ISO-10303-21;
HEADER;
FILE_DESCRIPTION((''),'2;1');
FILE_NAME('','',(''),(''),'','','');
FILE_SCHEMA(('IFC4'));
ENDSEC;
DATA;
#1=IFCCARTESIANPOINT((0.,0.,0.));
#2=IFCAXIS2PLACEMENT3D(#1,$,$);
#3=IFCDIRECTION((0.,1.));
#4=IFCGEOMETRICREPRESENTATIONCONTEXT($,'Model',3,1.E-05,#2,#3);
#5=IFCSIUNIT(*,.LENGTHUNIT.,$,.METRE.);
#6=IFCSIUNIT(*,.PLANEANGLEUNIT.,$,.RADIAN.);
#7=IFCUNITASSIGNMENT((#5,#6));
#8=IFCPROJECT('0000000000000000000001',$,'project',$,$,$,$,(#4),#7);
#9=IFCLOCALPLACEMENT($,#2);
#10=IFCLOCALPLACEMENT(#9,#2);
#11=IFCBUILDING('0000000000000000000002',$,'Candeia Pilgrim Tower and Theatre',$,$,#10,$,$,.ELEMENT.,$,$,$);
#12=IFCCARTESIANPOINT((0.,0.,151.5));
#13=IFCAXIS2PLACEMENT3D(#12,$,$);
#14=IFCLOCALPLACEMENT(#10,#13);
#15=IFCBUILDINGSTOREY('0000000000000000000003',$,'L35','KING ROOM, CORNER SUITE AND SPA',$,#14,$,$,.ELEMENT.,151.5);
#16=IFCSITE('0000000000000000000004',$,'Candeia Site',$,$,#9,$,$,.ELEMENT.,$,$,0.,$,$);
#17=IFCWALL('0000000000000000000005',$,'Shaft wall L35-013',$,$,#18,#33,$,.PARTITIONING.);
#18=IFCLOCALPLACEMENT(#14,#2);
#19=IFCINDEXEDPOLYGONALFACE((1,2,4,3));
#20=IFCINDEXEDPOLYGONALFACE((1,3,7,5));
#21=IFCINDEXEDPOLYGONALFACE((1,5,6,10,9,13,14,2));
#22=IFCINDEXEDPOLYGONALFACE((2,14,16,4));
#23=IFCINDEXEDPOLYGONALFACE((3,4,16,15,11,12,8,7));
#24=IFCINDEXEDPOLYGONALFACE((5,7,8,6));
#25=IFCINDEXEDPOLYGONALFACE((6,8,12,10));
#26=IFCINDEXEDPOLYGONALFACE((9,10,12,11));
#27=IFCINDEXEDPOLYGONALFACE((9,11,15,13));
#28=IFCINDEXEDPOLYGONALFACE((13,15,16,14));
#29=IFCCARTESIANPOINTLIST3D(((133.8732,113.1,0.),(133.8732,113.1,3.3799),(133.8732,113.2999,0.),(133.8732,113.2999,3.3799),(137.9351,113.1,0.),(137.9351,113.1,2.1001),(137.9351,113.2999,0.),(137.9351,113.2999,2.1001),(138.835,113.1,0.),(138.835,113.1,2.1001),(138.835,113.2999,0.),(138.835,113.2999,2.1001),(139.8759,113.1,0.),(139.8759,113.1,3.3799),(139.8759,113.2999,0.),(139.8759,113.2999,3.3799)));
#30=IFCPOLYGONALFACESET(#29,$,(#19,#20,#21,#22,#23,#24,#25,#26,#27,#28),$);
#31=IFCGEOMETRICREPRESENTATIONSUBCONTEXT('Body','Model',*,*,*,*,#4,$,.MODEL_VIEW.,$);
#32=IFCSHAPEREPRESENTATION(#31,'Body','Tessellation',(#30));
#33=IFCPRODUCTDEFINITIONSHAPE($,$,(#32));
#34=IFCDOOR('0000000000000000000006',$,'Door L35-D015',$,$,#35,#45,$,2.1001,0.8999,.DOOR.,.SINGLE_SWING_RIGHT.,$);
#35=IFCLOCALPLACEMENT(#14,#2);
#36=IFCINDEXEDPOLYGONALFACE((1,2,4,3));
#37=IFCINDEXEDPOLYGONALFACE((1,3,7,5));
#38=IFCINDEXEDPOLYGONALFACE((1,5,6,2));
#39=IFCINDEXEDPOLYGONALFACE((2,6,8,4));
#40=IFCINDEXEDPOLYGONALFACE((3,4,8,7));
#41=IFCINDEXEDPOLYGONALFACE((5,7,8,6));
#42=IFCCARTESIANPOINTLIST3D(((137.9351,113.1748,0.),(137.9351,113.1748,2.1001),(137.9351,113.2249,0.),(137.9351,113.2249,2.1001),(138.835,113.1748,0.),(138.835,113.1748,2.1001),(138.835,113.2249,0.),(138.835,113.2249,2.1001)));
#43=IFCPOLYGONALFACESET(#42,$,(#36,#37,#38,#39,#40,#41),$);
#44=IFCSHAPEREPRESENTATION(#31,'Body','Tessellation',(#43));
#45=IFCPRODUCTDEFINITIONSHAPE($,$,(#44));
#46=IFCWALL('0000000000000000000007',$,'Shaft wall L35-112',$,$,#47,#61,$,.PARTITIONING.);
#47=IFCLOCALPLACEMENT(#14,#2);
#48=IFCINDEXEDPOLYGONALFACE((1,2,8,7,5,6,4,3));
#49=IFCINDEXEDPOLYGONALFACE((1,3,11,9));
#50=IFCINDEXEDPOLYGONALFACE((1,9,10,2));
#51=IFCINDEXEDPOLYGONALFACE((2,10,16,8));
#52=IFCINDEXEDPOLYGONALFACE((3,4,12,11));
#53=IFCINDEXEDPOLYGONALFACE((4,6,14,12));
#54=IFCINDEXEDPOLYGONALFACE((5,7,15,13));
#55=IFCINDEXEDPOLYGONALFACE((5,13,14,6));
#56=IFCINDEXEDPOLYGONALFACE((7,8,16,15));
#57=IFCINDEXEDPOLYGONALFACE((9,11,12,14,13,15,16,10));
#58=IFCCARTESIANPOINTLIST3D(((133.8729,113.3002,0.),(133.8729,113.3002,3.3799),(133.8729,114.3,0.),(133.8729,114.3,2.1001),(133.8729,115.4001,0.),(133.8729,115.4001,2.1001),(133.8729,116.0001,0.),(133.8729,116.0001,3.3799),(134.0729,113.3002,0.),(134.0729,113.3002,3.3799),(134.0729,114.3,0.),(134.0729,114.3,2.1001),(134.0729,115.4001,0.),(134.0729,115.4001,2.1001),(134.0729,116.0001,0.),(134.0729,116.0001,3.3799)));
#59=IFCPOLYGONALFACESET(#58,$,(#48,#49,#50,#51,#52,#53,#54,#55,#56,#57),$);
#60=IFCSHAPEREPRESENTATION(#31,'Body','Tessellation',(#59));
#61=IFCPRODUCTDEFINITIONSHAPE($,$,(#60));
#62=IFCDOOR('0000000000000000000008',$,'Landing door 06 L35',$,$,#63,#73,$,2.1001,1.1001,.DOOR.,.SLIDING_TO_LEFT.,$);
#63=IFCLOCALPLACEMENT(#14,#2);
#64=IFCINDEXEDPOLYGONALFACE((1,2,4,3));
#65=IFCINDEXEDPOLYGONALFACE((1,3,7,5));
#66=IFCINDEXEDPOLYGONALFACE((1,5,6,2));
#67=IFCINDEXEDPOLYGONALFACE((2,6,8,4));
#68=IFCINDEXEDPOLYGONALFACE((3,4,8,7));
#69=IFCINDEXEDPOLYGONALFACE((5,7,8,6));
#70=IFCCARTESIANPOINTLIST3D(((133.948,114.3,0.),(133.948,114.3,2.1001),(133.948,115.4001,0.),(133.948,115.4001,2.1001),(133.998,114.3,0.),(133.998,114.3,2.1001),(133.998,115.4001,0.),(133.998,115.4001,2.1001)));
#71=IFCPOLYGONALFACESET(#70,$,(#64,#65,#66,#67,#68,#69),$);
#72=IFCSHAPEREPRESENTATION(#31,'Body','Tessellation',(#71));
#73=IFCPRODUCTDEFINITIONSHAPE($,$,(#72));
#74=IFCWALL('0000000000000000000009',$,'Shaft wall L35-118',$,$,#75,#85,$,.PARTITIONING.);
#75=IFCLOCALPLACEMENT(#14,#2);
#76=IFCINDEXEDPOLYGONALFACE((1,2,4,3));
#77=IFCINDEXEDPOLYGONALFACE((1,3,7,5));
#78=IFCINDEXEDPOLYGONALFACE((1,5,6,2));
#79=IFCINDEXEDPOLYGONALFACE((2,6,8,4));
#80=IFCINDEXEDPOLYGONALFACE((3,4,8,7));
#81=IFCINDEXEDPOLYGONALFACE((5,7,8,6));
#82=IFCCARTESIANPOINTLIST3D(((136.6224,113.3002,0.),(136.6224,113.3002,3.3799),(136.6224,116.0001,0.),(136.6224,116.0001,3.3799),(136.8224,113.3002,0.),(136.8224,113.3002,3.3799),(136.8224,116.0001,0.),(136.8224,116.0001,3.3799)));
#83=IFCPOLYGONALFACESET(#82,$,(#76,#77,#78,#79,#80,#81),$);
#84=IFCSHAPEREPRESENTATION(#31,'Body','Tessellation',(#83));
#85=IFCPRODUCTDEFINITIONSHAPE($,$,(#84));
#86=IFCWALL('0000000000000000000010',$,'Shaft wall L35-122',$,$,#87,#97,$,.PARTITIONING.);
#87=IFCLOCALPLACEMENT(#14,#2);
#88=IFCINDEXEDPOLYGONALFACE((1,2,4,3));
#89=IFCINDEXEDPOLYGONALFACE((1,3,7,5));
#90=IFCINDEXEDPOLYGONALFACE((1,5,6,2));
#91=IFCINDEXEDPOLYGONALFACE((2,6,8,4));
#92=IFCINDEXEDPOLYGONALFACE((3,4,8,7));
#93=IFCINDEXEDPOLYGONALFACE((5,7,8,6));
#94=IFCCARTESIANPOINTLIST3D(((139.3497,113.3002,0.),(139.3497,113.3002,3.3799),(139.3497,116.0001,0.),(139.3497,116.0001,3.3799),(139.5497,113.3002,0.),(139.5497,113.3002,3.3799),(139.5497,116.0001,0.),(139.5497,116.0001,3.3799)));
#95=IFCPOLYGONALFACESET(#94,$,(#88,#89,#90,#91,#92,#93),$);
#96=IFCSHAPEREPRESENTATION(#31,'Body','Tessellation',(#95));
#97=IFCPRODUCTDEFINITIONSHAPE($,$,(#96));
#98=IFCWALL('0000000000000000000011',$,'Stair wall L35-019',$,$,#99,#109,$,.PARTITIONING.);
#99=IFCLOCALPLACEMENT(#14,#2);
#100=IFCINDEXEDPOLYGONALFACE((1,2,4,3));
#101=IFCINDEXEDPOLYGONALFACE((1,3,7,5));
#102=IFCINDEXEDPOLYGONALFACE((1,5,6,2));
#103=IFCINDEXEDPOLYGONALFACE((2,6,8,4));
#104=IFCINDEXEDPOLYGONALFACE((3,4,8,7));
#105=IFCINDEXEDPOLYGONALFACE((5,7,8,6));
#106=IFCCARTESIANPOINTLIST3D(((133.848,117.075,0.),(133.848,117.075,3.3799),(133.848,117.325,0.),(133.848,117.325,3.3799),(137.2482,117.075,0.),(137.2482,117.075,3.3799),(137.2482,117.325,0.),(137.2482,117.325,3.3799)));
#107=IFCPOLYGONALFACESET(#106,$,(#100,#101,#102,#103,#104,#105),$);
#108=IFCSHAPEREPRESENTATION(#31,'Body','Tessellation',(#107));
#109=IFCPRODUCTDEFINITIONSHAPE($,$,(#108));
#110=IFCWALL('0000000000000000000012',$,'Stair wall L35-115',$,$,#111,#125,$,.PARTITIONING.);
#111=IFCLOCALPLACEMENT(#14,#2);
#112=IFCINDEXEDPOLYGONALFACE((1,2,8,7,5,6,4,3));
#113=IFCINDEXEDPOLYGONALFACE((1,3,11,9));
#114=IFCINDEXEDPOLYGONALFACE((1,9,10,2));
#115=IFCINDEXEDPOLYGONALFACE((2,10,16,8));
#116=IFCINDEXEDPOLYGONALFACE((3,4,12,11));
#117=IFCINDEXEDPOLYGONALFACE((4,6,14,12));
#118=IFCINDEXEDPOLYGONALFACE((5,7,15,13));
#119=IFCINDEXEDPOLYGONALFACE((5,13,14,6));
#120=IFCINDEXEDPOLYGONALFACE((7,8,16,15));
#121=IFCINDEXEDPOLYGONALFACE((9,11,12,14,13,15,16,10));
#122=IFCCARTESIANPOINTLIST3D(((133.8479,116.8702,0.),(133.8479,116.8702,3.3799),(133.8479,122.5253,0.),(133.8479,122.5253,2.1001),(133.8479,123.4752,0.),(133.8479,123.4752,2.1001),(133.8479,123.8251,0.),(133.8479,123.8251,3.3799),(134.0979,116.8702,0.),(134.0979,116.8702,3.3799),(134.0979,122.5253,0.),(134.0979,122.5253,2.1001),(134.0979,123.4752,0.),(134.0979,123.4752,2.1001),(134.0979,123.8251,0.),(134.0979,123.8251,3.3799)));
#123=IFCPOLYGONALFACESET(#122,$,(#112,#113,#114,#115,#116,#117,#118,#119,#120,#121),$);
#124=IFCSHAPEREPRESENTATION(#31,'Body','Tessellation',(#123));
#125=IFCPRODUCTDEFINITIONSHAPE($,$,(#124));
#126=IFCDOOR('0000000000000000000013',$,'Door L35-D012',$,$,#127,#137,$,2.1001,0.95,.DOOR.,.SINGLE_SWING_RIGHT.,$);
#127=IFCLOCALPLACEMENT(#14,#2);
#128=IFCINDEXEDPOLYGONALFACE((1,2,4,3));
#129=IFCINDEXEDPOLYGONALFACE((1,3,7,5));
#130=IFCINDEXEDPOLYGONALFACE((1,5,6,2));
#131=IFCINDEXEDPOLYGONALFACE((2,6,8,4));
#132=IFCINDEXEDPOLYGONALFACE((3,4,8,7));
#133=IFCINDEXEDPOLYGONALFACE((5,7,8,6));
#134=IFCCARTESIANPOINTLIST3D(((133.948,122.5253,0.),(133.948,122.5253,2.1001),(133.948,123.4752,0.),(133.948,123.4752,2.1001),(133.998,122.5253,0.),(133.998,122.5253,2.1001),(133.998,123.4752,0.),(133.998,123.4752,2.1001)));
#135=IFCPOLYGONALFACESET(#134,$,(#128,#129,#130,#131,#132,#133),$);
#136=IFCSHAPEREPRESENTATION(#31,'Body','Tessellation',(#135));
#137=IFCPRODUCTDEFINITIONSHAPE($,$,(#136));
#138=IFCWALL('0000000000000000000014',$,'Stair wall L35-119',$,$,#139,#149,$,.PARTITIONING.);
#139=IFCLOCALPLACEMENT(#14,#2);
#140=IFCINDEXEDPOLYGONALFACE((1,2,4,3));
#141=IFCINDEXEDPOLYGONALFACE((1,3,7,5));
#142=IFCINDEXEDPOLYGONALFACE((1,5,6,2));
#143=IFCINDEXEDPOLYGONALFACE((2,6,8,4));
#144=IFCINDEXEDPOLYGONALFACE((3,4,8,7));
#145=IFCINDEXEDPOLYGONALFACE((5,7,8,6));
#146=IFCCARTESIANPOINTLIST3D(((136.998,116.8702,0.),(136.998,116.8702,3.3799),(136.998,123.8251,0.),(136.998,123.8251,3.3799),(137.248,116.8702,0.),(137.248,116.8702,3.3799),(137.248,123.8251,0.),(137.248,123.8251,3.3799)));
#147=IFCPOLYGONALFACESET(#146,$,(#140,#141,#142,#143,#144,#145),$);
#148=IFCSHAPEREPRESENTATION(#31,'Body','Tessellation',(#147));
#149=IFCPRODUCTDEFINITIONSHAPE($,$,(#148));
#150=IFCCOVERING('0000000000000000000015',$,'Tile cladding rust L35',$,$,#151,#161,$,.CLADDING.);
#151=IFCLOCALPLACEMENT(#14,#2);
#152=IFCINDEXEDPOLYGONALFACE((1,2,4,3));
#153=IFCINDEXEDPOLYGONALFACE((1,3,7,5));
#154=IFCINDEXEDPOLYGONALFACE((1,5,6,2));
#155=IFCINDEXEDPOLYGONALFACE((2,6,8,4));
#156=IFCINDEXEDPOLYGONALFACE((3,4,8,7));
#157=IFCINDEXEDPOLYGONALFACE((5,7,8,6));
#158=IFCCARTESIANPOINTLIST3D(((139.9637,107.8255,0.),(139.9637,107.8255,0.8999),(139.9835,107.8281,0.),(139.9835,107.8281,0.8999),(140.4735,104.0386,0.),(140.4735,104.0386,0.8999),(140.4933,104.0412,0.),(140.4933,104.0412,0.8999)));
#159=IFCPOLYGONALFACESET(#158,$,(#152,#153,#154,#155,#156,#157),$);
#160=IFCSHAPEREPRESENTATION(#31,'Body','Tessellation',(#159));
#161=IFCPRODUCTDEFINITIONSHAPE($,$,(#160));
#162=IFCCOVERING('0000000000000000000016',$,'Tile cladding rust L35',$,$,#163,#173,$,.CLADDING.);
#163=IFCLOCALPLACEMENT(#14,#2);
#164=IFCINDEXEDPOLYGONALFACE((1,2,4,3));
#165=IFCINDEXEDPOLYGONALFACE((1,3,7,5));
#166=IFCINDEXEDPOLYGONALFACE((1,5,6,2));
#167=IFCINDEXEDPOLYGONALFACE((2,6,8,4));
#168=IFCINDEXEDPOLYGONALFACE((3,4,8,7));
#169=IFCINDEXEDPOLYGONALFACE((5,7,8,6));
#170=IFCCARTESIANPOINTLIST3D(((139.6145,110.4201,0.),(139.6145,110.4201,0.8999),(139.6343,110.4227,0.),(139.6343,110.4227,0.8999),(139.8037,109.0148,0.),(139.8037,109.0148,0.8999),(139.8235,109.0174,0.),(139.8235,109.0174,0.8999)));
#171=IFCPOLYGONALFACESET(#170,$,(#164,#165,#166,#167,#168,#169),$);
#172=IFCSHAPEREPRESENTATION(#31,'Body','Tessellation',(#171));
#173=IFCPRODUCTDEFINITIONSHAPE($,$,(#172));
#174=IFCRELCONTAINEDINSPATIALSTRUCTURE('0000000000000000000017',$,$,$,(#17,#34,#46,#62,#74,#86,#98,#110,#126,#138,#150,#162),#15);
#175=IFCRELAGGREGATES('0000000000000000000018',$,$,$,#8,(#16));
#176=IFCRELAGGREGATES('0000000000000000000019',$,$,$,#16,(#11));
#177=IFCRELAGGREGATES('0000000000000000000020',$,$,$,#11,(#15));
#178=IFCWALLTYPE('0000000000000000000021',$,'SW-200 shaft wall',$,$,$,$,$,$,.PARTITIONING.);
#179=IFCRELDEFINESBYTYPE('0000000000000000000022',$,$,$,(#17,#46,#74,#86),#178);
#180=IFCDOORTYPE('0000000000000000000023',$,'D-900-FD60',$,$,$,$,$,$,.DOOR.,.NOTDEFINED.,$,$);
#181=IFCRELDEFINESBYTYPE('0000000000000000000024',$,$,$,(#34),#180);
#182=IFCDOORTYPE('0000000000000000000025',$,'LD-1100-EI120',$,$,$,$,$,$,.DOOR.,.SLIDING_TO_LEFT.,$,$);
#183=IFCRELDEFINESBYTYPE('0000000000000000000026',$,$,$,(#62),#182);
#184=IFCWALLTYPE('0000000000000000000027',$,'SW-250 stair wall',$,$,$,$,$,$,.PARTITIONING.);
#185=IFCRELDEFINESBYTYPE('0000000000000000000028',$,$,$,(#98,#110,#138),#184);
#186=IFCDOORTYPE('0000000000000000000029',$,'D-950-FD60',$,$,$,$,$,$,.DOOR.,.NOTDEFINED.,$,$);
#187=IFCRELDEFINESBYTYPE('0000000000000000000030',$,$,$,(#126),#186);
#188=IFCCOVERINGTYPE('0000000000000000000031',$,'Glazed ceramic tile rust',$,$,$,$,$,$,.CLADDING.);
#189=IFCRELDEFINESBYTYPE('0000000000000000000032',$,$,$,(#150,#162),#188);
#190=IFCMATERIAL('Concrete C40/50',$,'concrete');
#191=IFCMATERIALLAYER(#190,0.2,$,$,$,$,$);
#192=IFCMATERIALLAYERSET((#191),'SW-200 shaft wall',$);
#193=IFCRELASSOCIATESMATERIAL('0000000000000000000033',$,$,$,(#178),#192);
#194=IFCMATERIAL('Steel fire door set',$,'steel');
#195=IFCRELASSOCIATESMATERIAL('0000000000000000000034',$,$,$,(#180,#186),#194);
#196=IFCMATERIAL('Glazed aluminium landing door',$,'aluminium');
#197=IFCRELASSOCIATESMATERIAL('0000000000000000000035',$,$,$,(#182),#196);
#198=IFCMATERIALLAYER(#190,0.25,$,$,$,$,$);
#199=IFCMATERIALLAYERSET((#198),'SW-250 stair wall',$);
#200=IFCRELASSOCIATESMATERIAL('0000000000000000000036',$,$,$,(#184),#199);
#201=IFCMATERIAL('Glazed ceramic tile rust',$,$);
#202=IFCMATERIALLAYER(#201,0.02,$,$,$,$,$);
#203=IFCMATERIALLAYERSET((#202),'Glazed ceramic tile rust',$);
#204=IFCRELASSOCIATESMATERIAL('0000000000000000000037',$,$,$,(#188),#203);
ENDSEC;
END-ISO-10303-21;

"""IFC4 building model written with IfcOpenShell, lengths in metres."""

from ifc_helpers import new_model, si_unit, direction, frame, frame_2d, origin, origin_2d, place, context, subcontext, project, spatial, rectangle, extrude, material, layer, layer_set, type_object, element, fill, save


model = new_model("IFC4")

# Units and contexts
model_context = context("Model", 3, precision=1e-05, world=origin(), true_north=direction((0.0, 1.0)))
body_context = subcontext(model_context, "Body", "Model", "MODEL_VIEW")
ifc_project = project(units=[si_unit("LENGTHUNIT", "METRE"), si_unit("PLANEANGLEUNIT", "RADIAN")], contexts=[model_context])

# Site, building, storey
site_placement = place(None, origin())
site = spatial("IfcSite", under=ifc_project, at=site_placement, Name="Candeia Site", CompositionType="ELEMENT", RefElevation=0.0)
building_placement = place(site_placement, origin())
building = spatial("IfcBuilding", under=site, at=building_placement, Name="Candeia Pilgrim Tower and Theatre", CompositionType="ELEMENT")
storey_placement = place(building_placement, frame((0.0, 0.0, 151.5)))
storey = spatial("IfcBuildingStorey", under=building, at=storey_placement, Name="L35", Description="KING ROOM, CORNER SUITE AND SPA", CompositionType="ELEMENT", Elevation=151.5)

# Shared definitions
ifc_material_1 = material(Name="Steel fire door set", Category="steel")

# Walls, openings, doors
ifc_material_2 = material(Name="Concrete C40/50", Category="concrete")
ifc_layer_1 = layer(ifc_material_2, 0.2)
ifc_layer_set_1 = layer_set([ifc_layer_1], Name="SW-200 shaft wall")
wall_type_1 = type_object("IfcWallType", Name="SW-200 shaft wall", PredefinedType="PARTITIONING", material=ifc_layer_set_1)
wall_1_placement = place(storey_placement, frame((133.873, 113.2, 0.0), z_axis=(0.0, 0.0, 1.0), x_axis=(1.0, 0.0, 0.0)))
wall_1 = element("IfcWall", 1, at=wall_1_placement, inside=storey, type_object=wall_type_1, Name="Shaft wall L35-013", PredefinedType="PARTITIONING", context=body_context, shape_type="SweptSolid", body=[
    extrude(rectangle(XDim=6.0027, YDim=0.2, at=frame_2d((3.0015, 0.0))), origin(), (0.0, 0.0, 1.0), 3.3799),
])
opening_1_placement = place(wall_1_placement, frame((4.062, 0.0, 0.0)))
opening_1 = element("IfcOpeningElement", 2, at=opening_1_placement, cuts=wall_1, PredefinedType="OPENING", context=body_context, shape_type="SweptSolid", body=[
    extrude(rectangle(XDim=0.8999, YDim=2.1001, at=frame_2d((0.45, 1.05))), frame((0.0, 0.1099, 0.0), z_axis=(0.0, -1.0, 0.0), x_axis=(1.0, 0.0, 0.0)), (0.0, 0.0, 1.0), 0.22),
])
door_type_1 = type_object("IfcDoorType", Name="D-900-FD60", OperationType="NOTDEFINED", PredefinedType="DOOR", material=ifc_material_1)
door_1_placement = place(opening_1_placement, origin())
door_1 = element("IfcDoor", 3, at=door_1_placement, inside=storey, type_object=door_type_1, Name="Door L35-D015", OperationType="SINGLE_SWING_RIGHT", OverallHeight=2.1001, OverallWidth=0.8999, PredefinedType="DOOR", context=body_context, shape_type="SweptSolid", body=[
    extrude(rectangle(XDim=0.8999, YDim=2.1001, at=frame_2d((0.45, 1.05))), frame((0.0, 0.0249, 0.0), z_axis=(0.0, -1.0, 0.0), x_axis=(1.0, 0.0, 0.0)), (0.0, 0.0, 1.0), 0.05),
])
fill(opening_1, door_1)
wall_2_placement = place(storey_placement, frame((133.9729, 113.3, 0.0), z_axis=(0.0, 0.0, 1.0), x_axis=(0.0, 1.0, 0.0)))
wall_2 = element("IfcWall", 4, at=wall_2_placement, inside=storey, type_object=wall_type_1, Name="Shaft wall L35-112", PredefinedType="PARTITIONING", context=body_context, shape_type="SweptSolid", body=[
    extrude(rectangle(XDim=2.7, YDim=0.2, at=frame_2d((1.3501, 0.0))), origin(), (0.0, 0.0, 1.0), 3.3799),
])
opening_2_placement = place(wall_2_placement, frame((1.0, 0.0, 0.0)))
opening_2 = element("IfcOpeningElement", 5, at=opening_2_placement, cuts=wall_2, PredefinedType="OPENING", context=body_context, shape_type="SweptSolid", body=[
    extrude(rectangle(XDim=1.1001, YDim=2.1001, at=frame_2d((0.55, 1.05))), frame((0.0, 0.1099, 0.0), z_axis=(0.0, -1.0, 0.0), x_axis=(1.0, 0.0, 0.0)), (0.0, 0.0, 1.0), 0.22),
])
ifc_material_3 = material(Name="Glazed aluminium landing door", Category="aluminium")
door_type_2 = type_object("IfcDoorType", Name="LD-1100-EI120", OperationType="SLIDING_TO_LEFT", PredefinedType="DOOR", material=ifc_material_3)
door_2_placement = place(opening_2_placement, origin())
door_2 = element("IfcDoor", 6, at=door_2_placement, inside=storey, type_object=door_type_2, Name="Landing door 06 L35", OperationType="SLIDING_TO_LEFT", OverallHeight=2.1001, OverallWidth=1.1001, PredefinedType="DOOR", context=body_context, shape_type="SweptSolid", body=[
    extrude(rectangle(XDim=1.1001, YDim=2.1001, at=frame_2d((0.55, 1.05))), frame((0.0, 0.0249, 0.0), z_axis=(0.0, -1.0, 0.0), x_axis=(1.0, 0.0, 0.0)), (0.0, 0.0, 1.0), 0.05),
])
fill(opening_2, door_2)

# Walls
for number, where, z_axis, x_axis, name in (
    (7, (136.7224, 113.3, 0.0), (0.0, 0.0, 1.0), (0.0, 1.0, 0.0), "Shaft wall L35-118"),
    (8, (139.4497, 113.3, 0.0), (0.0, 0.0, 1.0), (0.0, 1.0, 0.0), "Shaft wall L35-122"),
):
    element("IfcWall", number, at=place(storey_placement, frame(where, z_axis=z_axis, x_axis=x_axis)), inside=storey, type_object=wall_type_1, Name=name, PredefinedType="PARTITIONING", context=body_context, shape_type="SweptSolid", body=[
        extrude(rectangle(XDim=2.7, YDim=0.2, at=frame_2d((1.3501, 0.0))), origin(), (0.0, 0.0, 1.0), 3.3799),
    ])
ifc_layer_2 = layer(ifc_material_2, 0.25)
ifc_layer_set_2 = layer_set([ifc_layer_2], Name="SW-250 stair wall")
wall_type_2 = type_object("IfcWallType", Name="SW-250 stair wall", PredefinedType="PARTITIONING", material=ifc_layer_set_2)
wall_3_placement = place(storey_placement, frame((133.8479, 117.2, 0.0), z_axis=(0.0, 0.0, 1.0), x_axis=(1.0, 0.0, 0.0)))
element("IfcWall", 9, at=wall_3_placement, inside=storey, type_object=wall_type_2, Name="Stair wall L35-019", PredefinedType="PARTITIONING", context=body_context, shape_type="SweptSolid", body=[
    extrude(rectangle(XDim=3.4001, YDim=0.25, at=frame_2d((1.7002, 0.0))), origin(), (0.0, 0.0, 1.0), 3.3799),
])

# Wall, opening, door
wall_4_placement = place(storey_placement, frame((133.9729, 116.8701, 0.0), z_axis=(0.0, 0.0, 1.0), x_axis=(0.0, 1.0, 0.0)))
wall_4 = element("IfcWall", 10, at=wall_4_placement, inside=storey, type_object=wall_type_2, Name="Stair wall L35-115", PredefinedType="PARTITIONING", context=body_context, shape_type="SweptSolid", body=[
    extrude(rectangle(XDim=6.9548, YDim=0.25, at=frame_2d((3.4775, 0.0))), origin(), (0.0, 0.0, 1.0), 3.3799),
])
opening_3_placement = place(wall_4_placement, frame((5.655, 0.0, 0.0)))
opening_3 = element("IfcOpeningElement", 11, at=opening_3_placement, cuts=wall_4, PredefinedType="OPENING", context=body_context, shape_type="SweptSolid", body=[
    extrude(rectangle(XDim=0.95, YDim=2.1001, at=frame_2d((0.4751, 1.05))), frame((0.0, 0.135, 0.0), z_axis=(0.0, -1.0, 0.0), x_axis=(1.0, 0.0, 0.0)), (0.0, 0.0, 1.0), 0.27),
])
door_type_3 = type_object("IfcDoorType", Name="D-950-FD60", OperationType="NOTDEFINED", PredefinedType="DOOR", material=ifc_material_1)
door_3_placement = place(opening_3_placement, origin())
door_3 = element("IfcDoor", 12, at=door_3_placement, inside=storey, type_object=door_type_3, Name="Door L35-D012", OperationType="SINGLE_SWING_RIGHT", OverallHeight=2.1001, OverallWidth=0.95, PredefinedType="DOOR", context=body_context, shape_type="SweptSolid", body=[
    extrude(rectangle(XDim=0.95, YDim=2.1001, at=frame_2d((0.4751, 1.05))), frame((0.0, 0.0249, 0.0), z_axis=(0.0, -1.0, 0.0), x_axis=(1.0, 0.0, 0.0)), (0.0, 0.0, 1.0), 0.05),
])
fill(opening_3, door_3)

# Wall
wall_5_placement = place(storey_placement, frame((137.123, 116.8701, 0.0), z_axis=(0.0, 0.0, 1.0), x_axis=(0.0, 1.0, 0.0)))
element("IfcWall", 13, at=wall_5_placement, inside=storey, type_object=wall_type_2, Name="Stair wall L35-119", PredefinedType="PARTITIONING", context=body_context, shape_type="SweptSolid", body=[
    extrude(rectangle(XDim=6.9548, YDim=0.25, at=frame_2d((3.4775, 0.0))), origin(), (0.0, 0.0, 1.0), 3.3799),
])

# Coverings
ifc_material_4 = material(Name="Glazed ceramic tile rust")
ifc_layer_3 = layer(ifc_material_4, 0.02)
ifc_layer_set_3 = layer_set([ifc_layer_3], Name="Glazed ceramic tile rust")
covering_type = type_object("IfcCoveringType", Name="Glazed ceramic tile rust", PredefinedType="CLADDING", material=ifc_layer_set_3)
covering_1_placement = place(storey_placement, frame((140.2285, 105.9333, 0.0), z_axis=(0.0, 0.0, 1.0), x_axis=(-0.133412, 0.991061, 0.0)))
element("IfcCovering", 14, at=covering_1_placement, inside=storey, type_object=covering_type, Name="Tile cladding rust L35", PredefinedType="CLADDING", context=body_context, shape_type="SweptSolid", body=[
    extrude(rectangle(XDim=3.821, YDim=0.02, at=origin_2d()), origin(), (0.0, 0.0, 1.0), 0.8999),
])
covering_2_placement = place(storey_placement, frame((139.719, 109.7188, 0.0), z_axis=(0.0, 0.0, 1.0), x_axis=(-0.133412, 0.991061, 0.0)))
element("IfcCovering", 15, at=covering_2_placement, inside=storey, type_object=covering_type, Name="Tile cladding rust L35", PredefinedType="CLADDING", context=body_context, shape_type="SweptSolid", body=[
    extrude(rectangle(XDim=1.418, YDim=0.02, at=origin_2d()), origin(), (0.0, 0.0, 1.0), 0.8999),
])

save(model, "model.ifc")
